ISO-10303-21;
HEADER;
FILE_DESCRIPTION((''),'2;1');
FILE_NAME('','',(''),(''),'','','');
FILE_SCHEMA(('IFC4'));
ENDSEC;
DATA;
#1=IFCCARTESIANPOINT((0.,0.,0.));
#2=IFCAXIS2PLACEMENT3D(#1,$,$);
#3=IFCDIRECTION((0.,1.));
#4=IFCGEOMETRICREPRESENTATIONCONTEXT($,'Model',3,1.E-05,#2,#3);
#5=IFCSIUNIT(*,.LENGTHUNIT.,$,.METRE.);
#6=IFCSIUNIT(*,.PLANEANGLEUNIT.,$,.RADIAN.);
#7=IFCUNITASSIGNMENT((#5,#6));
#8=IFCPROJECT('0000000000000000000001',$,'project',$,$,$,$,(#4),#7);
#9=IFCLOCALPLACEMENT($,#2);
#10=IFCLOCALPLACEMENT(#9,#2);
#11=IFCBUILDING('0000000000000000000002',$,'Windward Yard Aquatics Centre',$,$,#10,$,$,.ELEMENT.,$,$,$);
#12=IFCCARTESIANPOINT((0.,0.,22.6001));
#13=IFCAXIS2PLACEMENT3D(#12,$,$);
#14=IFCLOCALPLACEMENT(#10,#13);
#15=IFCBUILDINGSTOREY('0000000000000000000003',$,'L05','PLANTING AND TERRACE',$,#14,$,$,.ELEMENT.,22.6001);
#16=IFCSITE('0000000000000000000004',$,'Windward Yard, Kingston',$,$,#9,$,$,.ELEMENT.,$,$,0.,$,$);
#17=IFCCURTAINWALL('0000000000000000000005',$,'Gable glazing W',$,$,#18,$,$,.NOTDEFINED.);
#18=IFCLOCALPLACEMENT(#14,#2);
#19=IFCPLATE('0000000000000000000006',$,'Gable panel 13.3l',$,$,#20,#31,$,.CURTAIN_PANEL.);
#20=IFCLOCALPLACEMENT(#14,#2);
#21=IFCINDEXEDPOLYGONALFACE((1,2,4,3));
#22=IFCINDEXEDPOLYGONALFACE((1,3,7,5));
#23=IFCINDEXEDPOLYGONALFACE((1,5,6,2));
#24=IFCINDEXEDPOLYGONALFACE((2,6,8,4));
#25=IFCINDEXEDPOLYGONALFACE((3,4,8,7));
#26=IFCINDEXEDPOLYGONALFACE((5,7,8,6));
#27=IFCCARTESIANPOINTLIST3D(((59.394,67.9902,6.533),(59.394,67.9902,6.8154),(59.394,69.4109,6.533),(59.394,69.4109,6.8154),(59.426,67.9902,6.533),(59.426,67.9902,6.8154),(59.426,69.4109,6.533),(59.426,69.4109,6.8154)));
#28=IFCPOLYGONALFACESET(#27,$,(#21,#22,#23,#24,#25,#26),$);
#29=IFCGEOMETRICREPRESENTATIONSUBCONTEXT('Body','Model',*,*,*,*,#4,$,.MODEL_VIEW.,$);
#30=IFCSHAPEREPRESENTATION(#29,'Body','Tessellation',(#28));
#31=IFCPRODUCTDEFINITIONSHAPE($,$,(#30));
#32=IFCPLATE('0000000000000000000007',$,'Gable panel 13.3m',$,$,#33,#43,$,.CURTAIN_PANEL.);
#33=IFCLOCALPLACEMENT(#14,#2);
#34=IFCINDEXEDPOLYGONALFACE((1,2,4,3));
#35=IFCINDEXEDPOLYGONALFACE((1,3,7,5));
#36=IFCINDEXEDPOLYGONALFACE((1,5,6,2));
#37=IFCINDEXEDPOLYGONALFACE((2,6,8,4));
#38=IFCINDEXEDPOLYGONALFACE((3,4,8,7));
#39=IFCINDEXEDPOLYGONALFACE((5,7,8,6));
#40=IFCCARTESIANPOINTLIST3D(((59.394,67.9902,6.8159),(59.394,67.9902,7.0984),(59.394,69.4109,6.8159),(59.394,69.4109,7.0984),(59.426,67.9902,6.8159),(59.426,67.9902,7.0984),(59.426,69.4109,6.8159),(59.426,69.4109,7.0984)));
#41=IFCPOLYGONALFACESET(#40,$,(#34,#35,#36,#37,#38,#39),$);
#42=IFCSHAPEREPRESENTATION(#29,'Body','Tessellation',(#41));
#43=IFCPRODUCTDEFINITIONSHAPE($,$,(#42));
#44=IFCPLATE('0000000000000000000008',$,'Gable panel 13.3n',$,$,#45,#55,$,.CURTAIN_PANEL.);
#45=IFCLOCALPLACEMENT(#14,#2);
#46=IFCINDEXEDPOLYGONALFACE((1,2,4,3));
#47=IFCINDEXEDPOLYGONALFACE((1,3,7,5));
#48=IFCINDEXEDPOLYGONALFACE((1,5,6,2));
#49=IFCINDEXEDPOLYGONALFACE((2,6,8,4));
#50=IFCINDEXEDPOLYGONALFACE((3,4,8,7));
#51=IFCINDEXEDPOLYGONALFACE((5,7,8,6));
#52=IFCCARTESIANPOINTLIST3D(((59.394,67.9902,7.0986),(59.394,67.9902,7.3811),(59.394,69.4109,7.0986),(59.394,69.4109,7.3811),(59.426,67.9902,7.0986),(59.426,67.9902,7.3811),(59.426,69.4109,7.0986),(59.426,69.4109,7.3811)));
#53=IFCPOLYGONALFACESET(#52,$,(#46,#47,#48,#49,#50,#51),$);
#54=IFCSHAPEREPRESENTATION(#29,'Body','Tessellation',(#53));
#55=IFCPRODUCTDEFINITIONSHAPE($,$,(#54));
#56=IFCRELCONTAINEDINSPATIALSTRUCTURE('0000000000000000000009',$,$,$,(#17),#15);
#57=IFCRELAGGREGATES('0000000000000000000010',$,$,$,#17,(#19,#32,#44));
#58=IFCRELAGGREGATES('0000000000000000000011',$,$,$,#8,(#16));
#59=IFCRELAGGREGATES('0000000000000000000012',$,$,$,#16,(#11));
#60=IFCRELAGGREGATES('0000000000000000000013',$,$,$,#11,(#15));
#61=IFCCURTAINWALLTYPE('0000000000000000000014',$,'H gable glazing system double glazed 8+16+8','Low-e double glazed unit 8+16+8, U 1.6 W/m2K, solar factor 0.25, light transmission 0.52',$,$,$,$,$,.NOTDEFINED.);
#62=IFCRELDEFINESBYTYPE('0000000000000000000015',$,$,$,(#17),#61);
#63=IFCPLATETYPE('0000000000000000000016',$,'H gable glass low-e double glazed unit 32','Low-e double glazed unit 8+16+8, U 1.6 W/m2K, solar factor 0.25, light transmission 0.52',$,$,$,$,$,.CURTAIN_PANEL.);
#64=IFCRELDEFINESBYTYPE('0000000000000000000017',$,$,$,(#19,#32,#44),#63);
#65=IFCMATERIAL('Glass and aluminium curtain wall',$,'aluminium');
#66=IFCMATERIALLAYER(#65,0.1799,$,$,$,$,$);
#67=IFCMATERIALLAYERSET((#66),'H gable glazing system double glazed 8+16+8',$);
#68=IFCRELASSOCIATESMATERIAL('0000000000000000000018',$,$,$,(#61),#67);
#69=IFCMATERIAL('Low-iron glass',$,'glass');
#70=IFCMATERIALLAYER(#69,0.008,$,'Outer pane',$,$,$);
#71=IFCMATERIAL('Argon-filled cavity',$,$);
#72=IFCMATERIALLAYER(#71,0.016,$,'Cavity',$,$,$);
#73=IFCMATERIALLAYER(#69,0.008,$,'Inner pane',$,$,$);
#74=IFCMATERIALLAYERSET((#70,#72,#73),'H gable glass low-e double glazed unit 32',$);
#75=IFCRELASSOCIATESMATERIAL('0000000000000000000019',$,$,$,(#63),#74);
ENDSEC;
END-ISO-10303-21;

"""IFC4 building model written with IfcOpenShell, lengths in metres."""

from ifc_helpers import new_model, si_unit, direction, frame, origin, place, context, subcontext, project, spatial, polyline, outline, extrude, material, layer, layer_set, type_object, element, aggregate, save


model = new_model("IFC4")

# Units and contexts
model_context = context("Model", 3, precision=1e-05, world=origin(), true_north=direction((0.0, 1.0)))
body_context = subcontext(model_context, "Body", "Model", "MODEL_VIEW")
ifc_project = project(units=[si_unit("LENGTHUNIT", "METRE"), si_unit("PLANEANGLEUNIT", "RADIAN")], contexts=[model_context])

# Site, building, storey
site_placement = place(None, origin())
site = spatial("IfcSite", under=ifc_project, at=site_placement, Name="Windward Yard, Kingston", CompositionType="ELEMENT", RefElevation=0.0)
building_placement = place(site_placement, origin())
building = spatial("IfcBuilding", under=site, at=building_placement, Name="Windward Yard Aquatics Centre", CompositionType="ELEMENT")
storey_placement = place(building_placement, frame((0.0, 0.0, 22.6001)))
storey = spatial("IfcBuildingStorey", under=building, at=storey_placement, Name="L05", Description="PLANTING AND TERRACE", CompositionType="ELEMENT", Elevation=22.6001)

# Curtain wall, plates
ifc_material_1 = material(Name="Glass and aluminium curtain wall", Category="aluminium")
ifc_layer_1 = layer(ifc_material_1, 0.1799)
ifc_layer_set_1 = layer_set([ifc_layer_1], Name="H gable glazing system double glazed 8+16+8")
curtain_wall_type = type_object("IfcCurtainWallType", Name="H gable glazing system double glazed 8+16+8", Description="Low-e double glazed unit 8+16+8, U 1.6 W/m2K, solar factor 0.25, light transmission 0.52", PredefinedType="NOTDEFINED", material=ifc_layer_set_1)
curtain_wall_placement = place(storey_placement, origin())
curtain_wall = element("IfcCurtainWall", 1, at=curtain_wall_placement, inside=storey, type_object=curtain_wall_type, Name="Gable glazing W", PredefinedType="NOTDEFINED")
ifc_material_2 = material(Name="Low-iron glass", Category="glass")
ifc_layer_2 = layer(ifc_material_2, 0.008, Name="Outer pane")
ifc_material_3 = material(Name="Argon-filled cavity")
ifc_layer_3 = layer(ifc_material_3, 0.016, Name="Cavity")
ifc_layer_4 = layer(ifc_material_2, 0.008, Name="Inner pane")
ifc_layer_set_2 = layer_set([ifc_layer_2, ifc_layer_3, ifc_layer_4], Name="H gable glass low-e double glazed unit 32")
plate_type = type_object("IfcPlateType", Name="H gable glass low-e double glazed unit 32", Description="Low-e double glazed unit 8+16+8, U 1.6 W/m2K, solar factor 0.25, light transmission 0.52", PredefinedType="CURTAIN_PANEL", material=ifc_layer_set_2)
plate_1_placement = place(storey_placement, frame((59.426, 67.9902, 6.533), z_axis=(1.0, 0.0, 0.0), x_axis=(0.0, 1.0, 0.0)))
plate_1 = element("IfcPlate", 2, at=plate_1_placement, type_object=plate_type, Name="Gable panel 13.3l", PredefinedType="CURTAIN_PANEL", context=body_context, shape_type="SweptSolid", body=[
    extrude(outline(polyline([(0.0, 0.0), (1.4207, 0.0), (1.4207, 0.2825), (0.0, 0.2825), (0.0, 0.0)])), origin(), (0.0, 0.0, -1.0), 0.032),
])
plate_2_placement = place(storey_placement, frame((59.426, 67.9902, 6.8159), z_axis=(1.0, 0.0, 0.0), x_axis=(0.0, 1.0, 0.0)))
plate_2 = element("IfcPlate", 3, at=plate_2_placement, type_object=plate_type, Name="Gable panel 13.3m", PredefinedType="CURTAIN_PANEL", context=body_context, shape_type="SweptSolid", body=[
    extrude(outline(polyline([(0.0, 0.0), (1.4207, 0.0), (1.4207, 0.2825), (0.0, 0.2825), (0.0, 0.0)])), origin(), (0.0, 0.0, -1.0), 0.032),
])
plate_3_placement = place(storey_placement, frame((59.426, 67.9902, 7.0986), z_axis=(1.0, 0.0, 0.0), x_axis=(0.0, 1.0, 0.0)))
plate_3 = element("IfcPlate", 4, at=plate_3_placement, type_object=plate_type, Name="Gable panel 13.3n", PredefinedType="CURTAIN_PANEL", context=body_context, shape_type="SweptSolid", body=[
    extrude(outline(polyline([(0.0, 0.0), (1.4207, 0.0), (1.4207, 0.2825), (0.0, 0.2825), (0.0, 0.0)])), origin(), (0.0, 0.0, -1.0), 0.032),
])
aggregate(curtain_wall, [plate_1, plate_2, plate_3])

save(model, "model.ifc")
